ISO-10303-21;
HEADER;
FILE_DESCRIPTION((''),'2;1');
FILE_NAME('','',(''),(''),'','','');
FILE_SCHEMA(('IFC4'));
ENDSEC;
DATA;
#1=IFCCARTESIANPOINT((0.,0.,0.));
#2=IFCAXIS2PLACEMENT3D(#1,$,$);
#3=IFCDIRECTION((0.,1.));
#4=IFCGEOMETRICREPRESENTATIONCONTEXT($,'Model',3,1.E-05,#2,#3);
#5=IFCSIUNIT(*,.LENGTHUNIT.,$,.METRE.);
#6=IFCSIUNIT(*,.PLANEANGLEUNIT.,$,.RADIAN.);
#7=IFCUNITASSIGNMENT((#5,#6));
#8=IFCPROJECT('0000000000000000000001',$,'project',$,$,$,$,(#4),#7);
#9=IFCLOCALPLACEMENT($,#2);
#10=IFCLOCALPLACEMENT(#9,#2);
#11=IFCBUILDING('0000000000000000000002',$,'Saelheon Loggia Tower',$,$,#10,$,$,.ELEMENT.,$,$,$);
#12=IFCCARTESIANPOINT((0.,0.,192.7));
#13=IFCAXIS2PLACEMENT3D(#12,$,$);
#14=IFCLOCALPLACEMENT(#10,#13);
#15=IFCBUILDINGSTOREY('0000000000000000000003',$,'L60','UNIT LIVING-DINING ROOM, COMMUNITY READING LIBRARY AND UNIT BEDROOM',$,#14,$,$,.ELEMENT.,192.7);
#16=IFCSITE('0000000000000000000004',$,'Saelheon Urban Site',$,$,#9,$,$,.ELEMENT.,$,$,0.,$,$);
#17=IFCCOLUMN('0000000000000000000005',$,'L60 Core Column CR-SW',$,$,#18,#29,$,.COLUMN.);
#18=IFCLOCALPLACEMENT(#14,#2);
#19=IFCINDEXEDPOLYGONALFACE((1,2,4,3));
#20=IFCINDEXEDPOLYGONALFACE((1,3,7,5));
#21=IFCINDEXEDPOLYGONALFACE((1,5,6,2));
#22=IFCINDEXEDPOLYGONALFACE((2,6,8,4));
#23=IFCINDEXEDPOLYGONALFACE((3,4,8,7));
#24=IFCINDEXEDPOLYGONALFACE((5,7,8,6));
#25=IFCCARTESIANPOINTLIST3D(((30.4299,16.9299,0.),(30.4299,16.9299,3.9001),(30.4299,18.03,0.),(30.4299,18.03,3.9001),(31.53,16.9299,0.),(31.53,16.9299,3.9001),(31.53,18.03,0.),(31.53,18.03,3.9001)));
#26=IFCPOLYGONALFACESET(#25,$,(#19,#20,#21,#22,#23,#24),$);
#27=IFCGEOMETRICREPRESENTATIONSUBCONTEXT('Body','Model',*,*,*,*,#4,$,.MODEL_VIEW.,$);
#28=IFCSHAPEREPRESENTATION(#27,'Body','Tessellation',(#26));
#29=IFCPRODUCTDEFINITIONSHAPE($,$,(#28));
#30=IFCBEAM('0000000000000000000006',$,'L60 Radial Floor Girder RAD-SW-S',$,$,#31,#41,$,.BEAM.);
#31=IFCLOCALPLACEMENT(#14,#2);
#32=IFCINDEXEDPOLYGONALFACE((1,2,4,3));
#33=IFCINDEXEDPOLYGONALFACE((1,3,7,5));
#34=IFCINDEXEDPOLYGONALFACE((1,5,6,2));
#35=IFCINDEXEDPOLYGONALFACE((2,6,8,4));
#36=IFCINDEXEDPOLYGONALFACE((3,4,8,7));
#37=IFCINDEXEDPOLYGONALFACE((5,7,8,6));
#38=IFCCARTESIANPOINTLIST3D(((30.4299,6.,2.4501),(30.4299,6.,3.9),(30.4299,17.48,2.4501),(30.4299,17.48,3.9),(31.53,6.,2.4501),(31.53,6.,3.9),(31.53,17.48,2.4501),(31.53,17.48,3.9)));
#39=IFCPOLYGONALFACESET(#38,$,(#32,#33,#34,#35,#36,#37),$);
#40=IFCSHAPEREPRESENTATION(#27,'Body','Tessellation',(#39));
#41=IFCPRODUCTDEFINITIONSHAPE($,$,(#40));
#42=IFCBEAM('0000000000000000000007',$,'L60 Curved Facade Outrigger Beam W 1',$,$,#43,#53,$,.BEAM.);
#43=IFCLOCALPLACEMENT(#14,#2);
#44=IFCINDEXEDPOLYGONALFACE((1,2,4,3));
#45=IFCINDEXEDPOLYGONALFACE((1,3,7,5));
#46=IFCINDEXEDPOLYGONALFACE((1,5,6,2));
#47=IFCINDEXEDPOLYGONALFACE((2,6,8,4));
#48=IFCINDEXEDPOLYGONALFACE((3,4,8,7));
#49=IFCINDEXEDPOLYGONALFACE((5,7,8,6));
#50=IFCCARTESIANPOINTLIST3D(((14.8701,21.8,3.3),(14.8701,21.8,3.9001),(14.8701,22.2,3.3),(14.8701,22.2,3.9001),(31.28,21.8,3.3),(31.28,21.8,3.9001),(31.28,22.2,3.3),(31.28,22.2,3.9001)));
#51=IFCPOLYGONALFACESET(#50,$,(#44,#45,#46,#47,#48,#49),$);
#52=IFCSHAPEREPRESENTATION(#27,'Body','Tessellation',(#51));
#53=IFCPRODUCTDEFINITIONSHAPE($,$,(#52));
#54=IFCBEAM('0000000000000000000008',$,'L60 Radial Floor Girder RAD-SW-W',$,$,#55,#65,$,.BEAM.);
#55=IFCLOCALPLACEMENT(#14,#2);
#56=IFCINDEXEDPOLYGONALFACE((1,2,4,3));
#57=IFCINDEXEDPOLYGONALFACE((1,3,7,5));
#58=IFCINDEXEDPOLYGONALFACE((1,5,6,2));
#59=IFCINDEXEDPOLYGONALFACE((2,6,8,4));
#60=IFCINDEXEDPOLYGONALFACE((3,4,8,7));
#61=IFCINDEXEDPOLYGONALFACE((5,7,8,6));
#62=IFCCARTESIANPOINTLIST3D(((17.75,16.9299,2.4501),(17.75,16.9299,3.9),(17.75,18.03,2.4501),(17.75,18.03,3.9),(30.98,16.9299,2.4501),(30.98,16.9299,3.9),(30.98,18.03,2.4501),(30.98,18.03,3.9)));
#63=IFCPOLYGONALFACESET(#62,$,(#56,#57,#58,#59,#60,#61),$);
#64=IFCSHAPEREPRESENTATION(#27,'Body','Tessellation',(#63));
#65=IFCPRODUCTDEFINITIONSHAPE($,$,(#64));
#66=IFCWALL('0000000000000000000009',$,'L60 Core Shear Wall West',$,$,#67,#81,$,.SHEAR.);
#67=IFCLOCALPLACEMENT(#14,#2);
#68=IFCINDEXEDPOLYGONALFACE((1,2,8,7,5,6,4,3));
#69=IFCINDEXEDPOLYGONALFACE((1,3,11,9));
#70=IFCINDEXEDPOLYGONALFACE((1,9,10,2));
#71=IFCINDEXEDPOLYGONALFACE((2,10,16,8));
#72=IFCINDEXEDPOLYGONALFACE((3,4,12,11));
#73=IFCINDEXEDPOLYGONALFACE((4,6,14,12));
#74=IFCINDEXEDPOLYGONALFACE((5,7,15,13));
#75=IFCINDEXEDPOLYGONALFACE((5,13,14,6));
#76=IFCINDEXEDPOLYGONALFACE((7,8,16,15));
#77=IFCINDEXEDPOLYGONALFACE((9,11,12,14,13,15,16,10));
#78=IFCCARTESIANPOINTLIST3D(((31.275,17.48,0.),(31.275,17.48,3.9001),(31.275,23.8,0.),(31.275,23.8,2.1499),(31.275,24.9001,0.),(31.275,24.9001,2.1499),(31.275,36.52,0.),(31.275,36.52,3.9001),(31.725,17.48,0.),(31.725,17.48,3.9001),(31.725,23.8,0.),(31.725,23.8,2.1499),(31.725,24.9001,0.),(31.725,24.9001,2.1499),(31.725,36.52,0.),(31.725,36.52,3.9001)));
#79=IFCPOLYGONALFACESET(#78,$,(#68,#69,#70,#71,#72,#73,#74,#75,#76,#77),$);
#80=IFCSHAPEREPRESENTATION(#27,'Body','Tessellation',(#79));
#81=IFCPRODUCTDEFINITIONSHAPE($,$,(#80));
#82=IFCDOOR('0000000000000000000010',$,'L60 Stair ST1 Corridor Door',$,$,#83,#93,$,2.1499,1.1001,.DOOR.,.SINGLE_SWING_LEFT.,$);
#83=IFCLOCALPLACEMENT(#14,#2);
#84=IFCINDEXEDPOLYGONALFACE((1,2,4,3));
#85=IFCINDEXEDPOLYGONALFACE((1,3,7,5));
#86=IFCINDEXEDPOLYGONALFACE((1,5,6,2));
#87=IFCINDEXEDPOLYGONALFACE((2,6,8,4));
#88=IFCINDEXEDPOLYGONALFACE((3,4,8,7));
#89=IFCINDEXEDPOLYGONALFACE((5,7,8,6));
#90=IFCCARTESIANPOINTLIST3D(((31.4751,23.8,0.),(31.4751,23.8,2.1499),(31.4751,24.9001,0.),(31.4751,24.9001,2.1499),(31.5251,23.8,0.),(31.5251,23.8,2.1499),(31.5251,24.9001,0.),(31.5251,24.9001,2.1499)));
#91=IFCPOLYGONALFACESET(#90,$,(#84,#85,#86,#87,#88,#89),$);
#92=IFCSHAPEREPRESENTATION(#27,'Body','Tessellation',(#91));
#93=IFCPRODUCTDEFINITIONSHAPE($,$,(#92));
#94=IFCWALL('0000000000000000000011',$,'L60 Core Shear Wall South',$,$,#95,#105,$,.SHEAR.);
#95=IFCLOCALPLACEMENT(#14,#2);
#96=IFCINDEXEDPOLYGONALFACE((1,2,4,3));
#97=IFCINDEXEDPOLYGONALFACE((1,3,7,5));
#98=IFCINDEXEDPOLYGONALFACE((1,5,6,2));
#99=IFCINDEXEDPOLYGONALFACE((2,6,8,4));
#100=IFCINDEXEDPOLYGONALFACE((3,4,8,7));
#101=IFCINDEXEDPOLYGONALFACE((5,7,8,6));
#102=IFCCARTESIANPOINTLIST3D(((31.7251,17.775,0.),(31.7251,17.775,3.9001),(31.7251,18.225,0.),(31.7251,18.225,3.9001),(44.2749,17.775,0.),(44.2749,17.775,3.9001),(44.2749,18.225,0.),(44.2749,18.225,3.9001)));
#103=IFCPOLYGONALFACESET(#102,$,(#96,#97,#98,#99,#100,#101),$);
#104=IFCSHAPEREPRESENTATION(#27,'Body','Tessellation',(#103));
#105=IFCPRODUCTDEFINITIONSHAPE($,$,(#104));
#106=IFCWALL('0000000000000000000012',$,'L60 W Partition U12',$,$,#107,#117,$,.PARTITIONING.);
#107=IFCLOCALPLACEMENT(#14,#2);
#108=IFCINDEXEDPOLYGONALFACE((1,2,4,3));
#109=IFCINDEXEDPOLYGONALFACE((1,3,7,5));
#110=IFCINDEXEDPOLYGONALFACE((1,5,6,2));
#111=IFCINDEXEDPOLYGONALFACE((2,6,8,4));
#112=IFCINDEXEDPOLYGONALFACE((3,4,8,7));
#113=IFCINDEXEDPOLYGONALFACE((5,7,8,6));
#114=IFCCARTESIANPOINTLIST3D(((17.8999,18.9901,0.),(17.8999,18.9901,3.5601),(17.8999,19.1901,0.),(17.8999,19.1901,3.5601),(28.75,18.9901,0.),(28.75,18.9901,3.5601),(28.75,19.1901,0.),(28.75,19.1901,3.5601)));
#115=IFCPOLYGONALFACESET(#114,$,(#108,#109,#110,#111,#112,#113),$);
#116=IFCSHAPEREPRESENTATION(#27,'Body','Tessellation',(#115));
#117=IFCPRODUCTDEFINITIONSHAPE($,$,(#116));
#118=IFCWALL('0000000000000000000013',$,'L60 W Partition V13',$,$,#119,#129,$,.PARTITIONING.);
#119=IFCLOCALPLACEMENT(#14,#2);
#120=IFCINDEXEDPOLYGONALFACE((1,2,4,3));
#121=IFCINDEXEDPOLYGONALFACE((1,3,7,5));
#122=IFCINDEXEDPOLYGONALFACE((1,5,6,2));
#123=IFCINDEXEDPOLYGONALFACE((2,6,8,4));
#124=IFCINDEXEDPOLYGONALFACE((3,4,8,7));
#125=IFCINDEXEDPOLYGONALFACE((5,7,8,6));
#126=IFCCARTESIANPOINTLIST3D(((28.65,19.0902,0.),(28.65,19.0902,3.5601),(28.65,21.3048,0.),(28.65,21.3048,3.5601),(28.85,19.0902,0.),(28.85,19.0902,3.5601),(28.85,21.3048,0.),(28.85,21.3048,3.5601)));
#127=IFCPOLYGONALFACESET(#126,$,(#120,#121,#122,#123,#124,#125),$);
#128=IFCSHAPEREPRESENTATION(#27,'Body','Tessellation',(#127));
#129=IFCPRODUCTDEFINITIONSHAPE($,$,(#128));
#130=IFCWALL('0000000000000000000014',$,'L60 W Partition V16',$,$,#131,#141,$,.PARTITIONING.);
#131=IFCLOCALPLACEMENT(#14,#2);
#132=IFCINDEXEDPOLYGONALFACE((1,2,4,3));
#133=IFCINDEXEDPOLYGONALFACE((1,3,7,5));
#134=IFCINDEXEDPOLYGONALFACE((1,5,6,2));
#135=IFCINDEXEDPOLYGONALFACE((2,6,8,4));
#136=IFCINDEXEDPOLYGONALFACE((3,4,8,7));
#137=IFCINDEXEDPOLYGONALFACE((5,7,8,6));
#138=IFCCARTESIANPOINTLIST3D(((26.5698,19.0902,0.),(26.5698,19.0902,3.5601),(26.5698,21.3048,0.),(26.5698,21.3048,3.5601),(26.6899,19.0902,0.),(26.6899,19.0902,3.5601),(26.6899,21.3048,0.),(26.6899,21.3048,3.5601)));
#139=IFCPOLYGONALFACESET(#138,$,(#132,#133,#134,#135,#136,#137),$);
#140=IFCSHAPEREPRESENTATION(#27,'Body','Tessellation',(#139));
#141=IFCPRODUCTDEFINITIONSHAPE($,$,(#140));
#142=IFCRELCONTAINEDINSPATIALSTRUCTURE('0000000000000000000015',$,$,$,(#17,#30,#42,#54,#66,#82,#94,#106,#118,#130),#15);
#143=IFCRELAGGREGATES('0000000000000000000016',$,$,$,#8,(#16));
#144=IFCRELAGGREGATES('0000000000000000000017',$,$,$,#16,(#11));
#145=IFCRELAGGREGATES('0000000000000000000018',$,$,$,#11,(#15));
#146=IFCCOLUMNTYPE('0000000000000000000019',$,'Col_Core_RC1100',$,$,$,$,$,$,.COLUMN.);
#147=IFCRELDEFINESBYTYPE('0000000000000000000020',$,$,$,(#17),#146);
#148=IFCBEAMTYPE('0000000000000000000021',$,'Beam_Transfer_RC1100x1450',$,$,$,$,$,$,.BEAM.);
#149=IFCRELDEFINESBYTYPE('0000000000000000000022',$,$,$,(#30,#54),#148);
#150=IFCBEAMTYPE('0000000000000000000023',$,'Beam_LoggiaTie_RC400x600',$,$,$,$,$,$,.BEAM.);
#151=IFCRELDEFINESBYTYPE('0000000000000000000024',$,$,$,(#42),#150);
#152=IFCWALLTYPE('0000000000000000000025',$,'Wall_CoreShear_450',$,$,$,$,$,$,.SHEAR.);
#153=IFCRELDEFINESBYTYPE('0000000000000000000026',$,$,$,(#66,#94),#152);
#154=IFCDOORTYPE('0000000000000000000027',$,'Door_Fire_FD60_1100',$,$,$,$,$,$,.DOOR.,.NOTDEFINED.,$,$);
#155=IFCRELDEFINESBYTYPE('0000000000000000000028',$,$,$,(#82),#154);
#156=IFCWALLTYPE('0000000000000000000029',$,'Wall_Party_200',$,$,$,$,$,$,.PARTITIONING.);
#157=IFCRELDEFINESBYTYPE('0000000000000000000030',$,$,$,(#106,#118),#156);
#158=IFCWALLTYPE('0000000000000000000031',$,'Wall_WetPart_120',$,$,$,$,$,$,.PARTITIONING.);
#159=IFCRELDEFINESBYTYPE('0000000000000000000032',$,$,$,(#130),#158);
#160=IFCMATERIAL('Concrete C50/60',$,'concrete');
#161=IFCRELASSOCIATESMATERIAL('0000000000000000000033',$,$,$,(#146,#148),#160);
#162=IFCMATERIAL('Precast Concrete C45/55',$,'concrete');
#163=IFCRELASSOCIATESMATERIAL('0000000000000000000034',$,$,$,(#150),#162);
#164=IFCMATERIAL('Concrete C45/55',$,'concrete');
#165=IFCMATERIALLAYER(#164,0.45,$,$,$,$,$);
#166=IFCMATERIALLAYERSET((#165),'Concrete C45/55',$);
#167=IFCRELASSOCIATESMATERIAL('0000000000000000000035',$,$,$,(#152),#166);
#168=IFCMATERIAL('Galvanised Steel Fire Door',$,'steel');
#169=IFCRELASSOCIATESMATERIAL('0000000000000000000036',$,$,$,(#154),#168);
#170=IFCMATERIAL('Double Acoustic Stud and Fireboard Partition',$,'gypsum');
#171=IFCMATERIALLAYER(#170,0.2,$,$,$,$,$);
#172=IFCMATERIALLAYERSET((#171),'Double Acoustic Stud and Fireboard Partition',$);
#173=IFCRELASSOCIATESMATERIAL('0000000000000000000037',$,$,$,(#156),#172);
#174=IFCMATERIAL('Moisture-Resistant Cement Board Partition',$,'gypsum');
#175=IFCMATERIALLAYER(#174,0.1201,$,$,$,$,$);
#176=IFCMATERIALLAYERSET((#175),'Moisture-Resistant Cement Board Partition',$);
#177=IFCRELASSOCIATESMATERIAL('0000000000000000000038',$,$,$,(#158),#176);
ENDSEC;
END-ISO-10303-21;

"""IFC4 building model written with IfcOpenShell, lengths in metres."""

from ifc_helpers import new_model, si_unit, direction, frame, frame_2d, origin, origin_2d, place, context, subcontext, project, spatial, rectangle, extrude, source, transform, mapped, material, layer, layer_set, material_profile, profile_set, type_object, element, fill, save


model = new_model("IFC4")

# Units and contexts
model_context = context("Model", 3, precision=1e-05, world=origin(), true_north=direction((0.0, 1.0)))
body_context = subcontext(model_context, "Body", "Model", "MODEL_VIEW")
ifc_project = project(units=[si_unit("LENGTHUNIT", "METRE"), si_unit("PLANEANGLEUNIT", "RADIAN")], contexts=[model_context])

# Site, building, storey
site_placement = place(None, origin())
site = spatial("IfcSite", under=ifc_project, at=site_placement, Name="Saelheon Urban Site", CompositionType="ELEMENT", RefElevation=0.0)
building_placement = place(site_placement, origin())
building = spatial("IfcBuilding", under=site, at=building_placement, Name="Saelheon Loggia Tower", CompositionType="ELEMENT")
storey_placement = place(building_placement, frame((0.0, 0.0, 192.7)))
storey = spatial("IfcBuildingStorey", under=building, at=storey_placement, Name="L60", Description="UNIT LIVING-DINING ROOM, COMMUNITY READING LIBRARY AND UNIT BEDROOM", CompositionType="ELEMENT", Elevation=192.7)

# Column
ifc_material_1 = material(Name="Concrete C50/60", Category="concrete")
ifc_material_profile_1 = material_profile(ifc_material_1, rectangle(XDim=1.1001, YDim=1.1001, at=origin_2d()), Name="RC-1100x1100")
ifc_profile_set_1 = profile_set([ifc_material_profile_1], Name="Concrete C50/60")
column_type = type_object("IfcColumnType", Name="Col_Core_RC1100", PredefinedType="COLUMN", material=ifc_profile_set_1)
shared_shape_1 = source(origin(), body_context, "Body", "SweptSolid", [
    extrude(rectangle(XDim=1.1001, YDim=1.1001, at=origin_2d()), origin(), (0.0, 0.0, 1.0), 3.9001),
])
column_placement = place(storey_placement, frame((30.98, 17.48, 0.0), z_axis=(0.0, 0.0, 1.0), x_axis=(1.0, 0.0, 0.0)))
element("IfcColumn", 1, at=column_placement, inside=storey, type_object=column_type, Name="L60 Core Column CR-SW", PredefinedType="COLUMN", context=body_context, shape_type="MappedRepresentation", body=[
    mapped(shared_shape_1, transform((0.0, 0.0, 0.0), scale=1.0)),
])

# Beams
ifc_material_profile_2 = material_profile(ifc_material_1, rectangle(XDim=1.1001, YDim=1.45, at=origin_2d()), Name="RC-1100x1450")
ifc_profile_set_2 = profile_set([ifc_material_profile_2], Name="Concrete C50/60")
beam_type_1 = type_object("IfcBeamType", Name="Beam_Transfer_RC1100x1450", PredefinedType="BEAM", material=ifc_profile_set_2)
shared_shape_2 = source(origin(), body_context, "Body", "SweptSolid", [
    extrude(rectangle(XDim=1.1001, YDim=1.45, at=origin_2d()), origin(), (0.0, 0.0, 1.0), 11.48),
])
beam_1_placement = place(storey_placement, frame((30.98, 17.48, 3.175), z_axis=(0.0, -1.0, 0.0), x_axis=(1.0, 0.0, 0.0)))
element("IfcBeam", 2, at=beam_1_placement, inside=storey, type_object=beam_type_1, Name="L60 Radial Floor Girder RAD-SW-S", PredefinedType="BEAM", context=body_context, shape_type="MappedRepresentation", body=[
    mapped(shared_shape_2, transform((0.0, 0.0, 0.0), scale=1.0)),
])
ifc_material_2 = material(Name="Precast Concrete C45/55", Category="concrete")
ifc_material_profile_3 = material_profile(ifc_material_2, rectangle(XDim=0.3999, YDim=0.6001, at=origin_2d()), Name="RC-400x600")
ifc_profile_set_3 = profile_set([ifc_material_profile_3], Name="Precast Concrete C45/55")
beam_type_2 = type_object("IfcBeamType", Name="Beam_LoggiaTie_RC400x600", PredefinedType="BEAM", material=ifc_profile_set_3)
shared_shape_3 = source(origin(), body_context, "Body", "SweptSolid", [
    extrude(rectangle(XDim=0.3999, YDim=0.6001, at=origin_2d()), origin(), (0.0, 0.0, 1.0), 16.4099),
])
beam_2_placement = place(storey_placement, frame((31.28, 22.0, 3.6001), z_axis=(-1.0, 0.0, 0.0), x_axis=(0.0, -1.0, 0.0)))
element("IfcBeam", 3, at=beam_2_placement, inside=storey, type_object=beam_type_2, Name="L60 Curved Facade Outrigger Beam W 1", PredefinedType="BEAM", context=body_context, shape_type="MappedRepresentation", body=[
    mapped(shared_shape_3, transform((0.0, 0.0, 0.0), scale=1.0)),
])
shared_shape_4 = source(origin(), body_context, "Body", "SweptSolid", [
    extrude(rectangle(XDim=1.1001, YDim=1.45, at=origin_2d()), origin(), (0.0, 0.0, 1.0), 13.23),
])
beam_3_placement = place(storey_placement, frame((30.98, 17.48, 3.175), z_axis=(-1.0, 0.0, 0.0), x_axis=(0.0, -1.0, 0.0)))
element("IfcBeam", 4, at=beam_3_placement, inside=storey, type_object=beam_type_1, Name="L60 Radial Floor Girder RAD-SW-W", PredefinedType="BEAM", context=body_context, shape_type="MappedRepresentation", body=[
    mapped(shared_shape_4, transform((0.0, 0.0, 0.0), scale=1.0)),
])

# Wall, opening, door
ifc_material_3 = material(Name="Concrete C45/55", Category="concrete")
ifc_layer_1 = layer(ifc_material_3, 0.45)
ifc_layer_set_1 = layer_set([ifc_layer_1], Name="Concrete C45/55")
wall_type_1 = type_object("IfcWallType", Name="Wall_CoreShear_450", PredefinedType="SHEAR", material=ifc_layer_set_1)
wall_1_placement = place(storey_placement, frame((31.5, 17.48, 0.0), z_axis=(0.0, 0.0, 1.0), x_axis=(0.0, 1.0, 0.0)))
wall_1 = element("IfcWall", 5, at=wall_1_placement, inside=storey, type_object=wall_type_1, Name="L60 Core Shear Wall West", PredefinedType="SHEAR", context=body_context, shape_type="SweptSolid", body=[
    extrude(rectangle(XDim=19.04, YDim=0.45, at=frame_2d((9.52, 0.0))), origin(), (0.0, 0.0, 1.0), 3.9001),
])
opening_1_placement = place(wall_1_placement, frame((6.3201, 0.0, 0.0)))
opening_1 = element("IfcOpeningElement", 6, at=opening_1_placement, cuts=wall_1, PredefinedType="OPENING", context=body_context, shape_type="SweptSolid", body=[
    extrude(rectangle(XDim=1.1001, YDim=2.1499, at=frame_2d((0.55, 1.075))), frame((0.0, 0.2371, 0.0), z_axis=(0.0, -1.0, 0.0), x_axis=(1.0, 0.0, 0.0)), (0.0, 0.0, 1.0), 0.4739),
])
ifc_material_4 = material(Name="Galvanised Steel Fire Door", Category="steel")
door_type_1 = type_object("IfcDoorType", Name="Door_Fire_FD60_1100", OperationType="NOTDEFINED", PredefinedType="DOOR", material=ifc_material_4)
shared_shape_5 = source(origin(), body_context, "Body", "SweptSolid", [
    extrude(rectangle(XDim=1.1001, YDim=2.1499, at=frame_2d((0.55, 1.075))), frame((0.0, 0.0249, 0.0), z_axis=(0.0, -1.0, 0.0), x_axis=(1.0, 0.0, 0.0)), (0.0, 0.0, 1.0), 0.05),
])
door_1_placement = place(opening_1_placement, origin())
door_1 = element("IfcDoor", 7, at=door_1_placement, inside=storey, type_object=door_type_1, Name="L60 Stair ST1 Corridor Door", OperationType="SINGLE_SWING_LEFT", OverallHeight=2.1499, OverallWidth=1.1001, PredefinedType="DOOR", context=body_context, shape_type="MappedRepresentation", body=[
    mapped(shared_shape_5, transform((0.0, 0.0, 0.0), scale=1.0)),
])
fill(opening_1, door_1)

# Walls
wall_2_placement = place(storey_placement, frame((31.7251, 18.0, 0.0), z_axis=(0.0, 0.0, 1.0), x_axis=(1.0, 0.0, 0.0)))
element("IfcWall", 8, at=wall_2_placement, inside=storey, type_object=wall_type_1, Name="L60 Core Shear Wall South", PredefinedType="SHEAR", context=body_context, shape_type="SweptSolid", body=[
    extrude(rectangle(XDim=12.5498, YDim=0.45, at=frame_2d((6.2749, 0.0))), origin(), (0.0, 0.0, 1.0), 3.9001),
])
ifc_material_5 = material(Name="Double Acoustic Stud and Fireboard Partition", Category="gypsum")
ifc_layer_2 = layer(ifc_material_5, 0.2)
ifc_layer_set_2 = layer_set([ifc_layer_2], Name="Double Acoustic Stud and Fireboard Partition")
wall_type_2 = type_object("IfcWallType", Name="Wall_Party_200", PredefinedType="PARTITIONING", material=ifc_layer_set_2)
wall_3_placement = place(storey_placement, frame((28.75, 19.0901, 0.0), z_axis=(0.0, 0.0, 1.0), x_axis=(-1.0, 0.0, 0.0)))
element("IfcWall", 9, at=wall_3_placement, inside=storey, type_object=wall_type_2, Name="L60 W Partition U12", PredefinedType="PARTITIONING", context=body_context, shape_type="SweptSolid", body=[
    extrude(rectangle(XDim=10.8501, YDim=0.2, at=frame_2d((5.425, 0.0))), origin(), (0.0, 0.0, 1.0), 3.5601),
])
wall_4_placement = place(storey_placement, frame((28.75, 19.0901, 0.0), z_axis=(0.0, 0.0, 1.0), x_axis=(0.0, 1.0, 0.0)))
element("IfcWall", 10, at=wall_4_placement, inside=storey, type_object=wall_type_2, Name="L60 W Partition V13", PredefinedType="PARTITIONING", context=body_context, shape_type="SweptSolid", body=[
    extrude(rectangle(XDim=2.2146, YDim=0.2, at=frame_2d((1.1074, 0.0))), origin(), (0.0, 0.0, 1.0), 3.5601),
])

# Wall
ifc_material_6 = material(Name="Moisture-Resistant Cement Board Partition", Category="gypsum")
ifc_layer_3 = layer(ifc_material_6, 0.1201)
ifc_layer_set_3 = layer_set([ifc_layer_3], Name="Moisture-Resistant Cement Board Partition")
wall_type_3 = type_object("IfcWallType", Name="Wall_WetPart_120", PredefinedType="PARTITIONING", material=ifc_layer_set_3)
wall_5_placement = place(storey_placement, frame((26.6299, 19.0901, 0.0), z_axis=(0.0, 0.0, 1.0), x_axis=(0.0, 1.0, 0.0)))
element("IfcWall", 11, at=wall_5_placement, inside=storey, type_object=wall_type_3, Name="L60 W Partition V16", PredefinedType="PARTITIONING", context=body_context, shape_type="SweptSolid", body=[
    extrude(rectangle(XDim=2.2146, YDim=0.1201, at=frame_2d((1.1074, 0.0))), origin(), (0.0, 0.0, 1.0), 3.5601),
])

save(model, "model.ifc")
